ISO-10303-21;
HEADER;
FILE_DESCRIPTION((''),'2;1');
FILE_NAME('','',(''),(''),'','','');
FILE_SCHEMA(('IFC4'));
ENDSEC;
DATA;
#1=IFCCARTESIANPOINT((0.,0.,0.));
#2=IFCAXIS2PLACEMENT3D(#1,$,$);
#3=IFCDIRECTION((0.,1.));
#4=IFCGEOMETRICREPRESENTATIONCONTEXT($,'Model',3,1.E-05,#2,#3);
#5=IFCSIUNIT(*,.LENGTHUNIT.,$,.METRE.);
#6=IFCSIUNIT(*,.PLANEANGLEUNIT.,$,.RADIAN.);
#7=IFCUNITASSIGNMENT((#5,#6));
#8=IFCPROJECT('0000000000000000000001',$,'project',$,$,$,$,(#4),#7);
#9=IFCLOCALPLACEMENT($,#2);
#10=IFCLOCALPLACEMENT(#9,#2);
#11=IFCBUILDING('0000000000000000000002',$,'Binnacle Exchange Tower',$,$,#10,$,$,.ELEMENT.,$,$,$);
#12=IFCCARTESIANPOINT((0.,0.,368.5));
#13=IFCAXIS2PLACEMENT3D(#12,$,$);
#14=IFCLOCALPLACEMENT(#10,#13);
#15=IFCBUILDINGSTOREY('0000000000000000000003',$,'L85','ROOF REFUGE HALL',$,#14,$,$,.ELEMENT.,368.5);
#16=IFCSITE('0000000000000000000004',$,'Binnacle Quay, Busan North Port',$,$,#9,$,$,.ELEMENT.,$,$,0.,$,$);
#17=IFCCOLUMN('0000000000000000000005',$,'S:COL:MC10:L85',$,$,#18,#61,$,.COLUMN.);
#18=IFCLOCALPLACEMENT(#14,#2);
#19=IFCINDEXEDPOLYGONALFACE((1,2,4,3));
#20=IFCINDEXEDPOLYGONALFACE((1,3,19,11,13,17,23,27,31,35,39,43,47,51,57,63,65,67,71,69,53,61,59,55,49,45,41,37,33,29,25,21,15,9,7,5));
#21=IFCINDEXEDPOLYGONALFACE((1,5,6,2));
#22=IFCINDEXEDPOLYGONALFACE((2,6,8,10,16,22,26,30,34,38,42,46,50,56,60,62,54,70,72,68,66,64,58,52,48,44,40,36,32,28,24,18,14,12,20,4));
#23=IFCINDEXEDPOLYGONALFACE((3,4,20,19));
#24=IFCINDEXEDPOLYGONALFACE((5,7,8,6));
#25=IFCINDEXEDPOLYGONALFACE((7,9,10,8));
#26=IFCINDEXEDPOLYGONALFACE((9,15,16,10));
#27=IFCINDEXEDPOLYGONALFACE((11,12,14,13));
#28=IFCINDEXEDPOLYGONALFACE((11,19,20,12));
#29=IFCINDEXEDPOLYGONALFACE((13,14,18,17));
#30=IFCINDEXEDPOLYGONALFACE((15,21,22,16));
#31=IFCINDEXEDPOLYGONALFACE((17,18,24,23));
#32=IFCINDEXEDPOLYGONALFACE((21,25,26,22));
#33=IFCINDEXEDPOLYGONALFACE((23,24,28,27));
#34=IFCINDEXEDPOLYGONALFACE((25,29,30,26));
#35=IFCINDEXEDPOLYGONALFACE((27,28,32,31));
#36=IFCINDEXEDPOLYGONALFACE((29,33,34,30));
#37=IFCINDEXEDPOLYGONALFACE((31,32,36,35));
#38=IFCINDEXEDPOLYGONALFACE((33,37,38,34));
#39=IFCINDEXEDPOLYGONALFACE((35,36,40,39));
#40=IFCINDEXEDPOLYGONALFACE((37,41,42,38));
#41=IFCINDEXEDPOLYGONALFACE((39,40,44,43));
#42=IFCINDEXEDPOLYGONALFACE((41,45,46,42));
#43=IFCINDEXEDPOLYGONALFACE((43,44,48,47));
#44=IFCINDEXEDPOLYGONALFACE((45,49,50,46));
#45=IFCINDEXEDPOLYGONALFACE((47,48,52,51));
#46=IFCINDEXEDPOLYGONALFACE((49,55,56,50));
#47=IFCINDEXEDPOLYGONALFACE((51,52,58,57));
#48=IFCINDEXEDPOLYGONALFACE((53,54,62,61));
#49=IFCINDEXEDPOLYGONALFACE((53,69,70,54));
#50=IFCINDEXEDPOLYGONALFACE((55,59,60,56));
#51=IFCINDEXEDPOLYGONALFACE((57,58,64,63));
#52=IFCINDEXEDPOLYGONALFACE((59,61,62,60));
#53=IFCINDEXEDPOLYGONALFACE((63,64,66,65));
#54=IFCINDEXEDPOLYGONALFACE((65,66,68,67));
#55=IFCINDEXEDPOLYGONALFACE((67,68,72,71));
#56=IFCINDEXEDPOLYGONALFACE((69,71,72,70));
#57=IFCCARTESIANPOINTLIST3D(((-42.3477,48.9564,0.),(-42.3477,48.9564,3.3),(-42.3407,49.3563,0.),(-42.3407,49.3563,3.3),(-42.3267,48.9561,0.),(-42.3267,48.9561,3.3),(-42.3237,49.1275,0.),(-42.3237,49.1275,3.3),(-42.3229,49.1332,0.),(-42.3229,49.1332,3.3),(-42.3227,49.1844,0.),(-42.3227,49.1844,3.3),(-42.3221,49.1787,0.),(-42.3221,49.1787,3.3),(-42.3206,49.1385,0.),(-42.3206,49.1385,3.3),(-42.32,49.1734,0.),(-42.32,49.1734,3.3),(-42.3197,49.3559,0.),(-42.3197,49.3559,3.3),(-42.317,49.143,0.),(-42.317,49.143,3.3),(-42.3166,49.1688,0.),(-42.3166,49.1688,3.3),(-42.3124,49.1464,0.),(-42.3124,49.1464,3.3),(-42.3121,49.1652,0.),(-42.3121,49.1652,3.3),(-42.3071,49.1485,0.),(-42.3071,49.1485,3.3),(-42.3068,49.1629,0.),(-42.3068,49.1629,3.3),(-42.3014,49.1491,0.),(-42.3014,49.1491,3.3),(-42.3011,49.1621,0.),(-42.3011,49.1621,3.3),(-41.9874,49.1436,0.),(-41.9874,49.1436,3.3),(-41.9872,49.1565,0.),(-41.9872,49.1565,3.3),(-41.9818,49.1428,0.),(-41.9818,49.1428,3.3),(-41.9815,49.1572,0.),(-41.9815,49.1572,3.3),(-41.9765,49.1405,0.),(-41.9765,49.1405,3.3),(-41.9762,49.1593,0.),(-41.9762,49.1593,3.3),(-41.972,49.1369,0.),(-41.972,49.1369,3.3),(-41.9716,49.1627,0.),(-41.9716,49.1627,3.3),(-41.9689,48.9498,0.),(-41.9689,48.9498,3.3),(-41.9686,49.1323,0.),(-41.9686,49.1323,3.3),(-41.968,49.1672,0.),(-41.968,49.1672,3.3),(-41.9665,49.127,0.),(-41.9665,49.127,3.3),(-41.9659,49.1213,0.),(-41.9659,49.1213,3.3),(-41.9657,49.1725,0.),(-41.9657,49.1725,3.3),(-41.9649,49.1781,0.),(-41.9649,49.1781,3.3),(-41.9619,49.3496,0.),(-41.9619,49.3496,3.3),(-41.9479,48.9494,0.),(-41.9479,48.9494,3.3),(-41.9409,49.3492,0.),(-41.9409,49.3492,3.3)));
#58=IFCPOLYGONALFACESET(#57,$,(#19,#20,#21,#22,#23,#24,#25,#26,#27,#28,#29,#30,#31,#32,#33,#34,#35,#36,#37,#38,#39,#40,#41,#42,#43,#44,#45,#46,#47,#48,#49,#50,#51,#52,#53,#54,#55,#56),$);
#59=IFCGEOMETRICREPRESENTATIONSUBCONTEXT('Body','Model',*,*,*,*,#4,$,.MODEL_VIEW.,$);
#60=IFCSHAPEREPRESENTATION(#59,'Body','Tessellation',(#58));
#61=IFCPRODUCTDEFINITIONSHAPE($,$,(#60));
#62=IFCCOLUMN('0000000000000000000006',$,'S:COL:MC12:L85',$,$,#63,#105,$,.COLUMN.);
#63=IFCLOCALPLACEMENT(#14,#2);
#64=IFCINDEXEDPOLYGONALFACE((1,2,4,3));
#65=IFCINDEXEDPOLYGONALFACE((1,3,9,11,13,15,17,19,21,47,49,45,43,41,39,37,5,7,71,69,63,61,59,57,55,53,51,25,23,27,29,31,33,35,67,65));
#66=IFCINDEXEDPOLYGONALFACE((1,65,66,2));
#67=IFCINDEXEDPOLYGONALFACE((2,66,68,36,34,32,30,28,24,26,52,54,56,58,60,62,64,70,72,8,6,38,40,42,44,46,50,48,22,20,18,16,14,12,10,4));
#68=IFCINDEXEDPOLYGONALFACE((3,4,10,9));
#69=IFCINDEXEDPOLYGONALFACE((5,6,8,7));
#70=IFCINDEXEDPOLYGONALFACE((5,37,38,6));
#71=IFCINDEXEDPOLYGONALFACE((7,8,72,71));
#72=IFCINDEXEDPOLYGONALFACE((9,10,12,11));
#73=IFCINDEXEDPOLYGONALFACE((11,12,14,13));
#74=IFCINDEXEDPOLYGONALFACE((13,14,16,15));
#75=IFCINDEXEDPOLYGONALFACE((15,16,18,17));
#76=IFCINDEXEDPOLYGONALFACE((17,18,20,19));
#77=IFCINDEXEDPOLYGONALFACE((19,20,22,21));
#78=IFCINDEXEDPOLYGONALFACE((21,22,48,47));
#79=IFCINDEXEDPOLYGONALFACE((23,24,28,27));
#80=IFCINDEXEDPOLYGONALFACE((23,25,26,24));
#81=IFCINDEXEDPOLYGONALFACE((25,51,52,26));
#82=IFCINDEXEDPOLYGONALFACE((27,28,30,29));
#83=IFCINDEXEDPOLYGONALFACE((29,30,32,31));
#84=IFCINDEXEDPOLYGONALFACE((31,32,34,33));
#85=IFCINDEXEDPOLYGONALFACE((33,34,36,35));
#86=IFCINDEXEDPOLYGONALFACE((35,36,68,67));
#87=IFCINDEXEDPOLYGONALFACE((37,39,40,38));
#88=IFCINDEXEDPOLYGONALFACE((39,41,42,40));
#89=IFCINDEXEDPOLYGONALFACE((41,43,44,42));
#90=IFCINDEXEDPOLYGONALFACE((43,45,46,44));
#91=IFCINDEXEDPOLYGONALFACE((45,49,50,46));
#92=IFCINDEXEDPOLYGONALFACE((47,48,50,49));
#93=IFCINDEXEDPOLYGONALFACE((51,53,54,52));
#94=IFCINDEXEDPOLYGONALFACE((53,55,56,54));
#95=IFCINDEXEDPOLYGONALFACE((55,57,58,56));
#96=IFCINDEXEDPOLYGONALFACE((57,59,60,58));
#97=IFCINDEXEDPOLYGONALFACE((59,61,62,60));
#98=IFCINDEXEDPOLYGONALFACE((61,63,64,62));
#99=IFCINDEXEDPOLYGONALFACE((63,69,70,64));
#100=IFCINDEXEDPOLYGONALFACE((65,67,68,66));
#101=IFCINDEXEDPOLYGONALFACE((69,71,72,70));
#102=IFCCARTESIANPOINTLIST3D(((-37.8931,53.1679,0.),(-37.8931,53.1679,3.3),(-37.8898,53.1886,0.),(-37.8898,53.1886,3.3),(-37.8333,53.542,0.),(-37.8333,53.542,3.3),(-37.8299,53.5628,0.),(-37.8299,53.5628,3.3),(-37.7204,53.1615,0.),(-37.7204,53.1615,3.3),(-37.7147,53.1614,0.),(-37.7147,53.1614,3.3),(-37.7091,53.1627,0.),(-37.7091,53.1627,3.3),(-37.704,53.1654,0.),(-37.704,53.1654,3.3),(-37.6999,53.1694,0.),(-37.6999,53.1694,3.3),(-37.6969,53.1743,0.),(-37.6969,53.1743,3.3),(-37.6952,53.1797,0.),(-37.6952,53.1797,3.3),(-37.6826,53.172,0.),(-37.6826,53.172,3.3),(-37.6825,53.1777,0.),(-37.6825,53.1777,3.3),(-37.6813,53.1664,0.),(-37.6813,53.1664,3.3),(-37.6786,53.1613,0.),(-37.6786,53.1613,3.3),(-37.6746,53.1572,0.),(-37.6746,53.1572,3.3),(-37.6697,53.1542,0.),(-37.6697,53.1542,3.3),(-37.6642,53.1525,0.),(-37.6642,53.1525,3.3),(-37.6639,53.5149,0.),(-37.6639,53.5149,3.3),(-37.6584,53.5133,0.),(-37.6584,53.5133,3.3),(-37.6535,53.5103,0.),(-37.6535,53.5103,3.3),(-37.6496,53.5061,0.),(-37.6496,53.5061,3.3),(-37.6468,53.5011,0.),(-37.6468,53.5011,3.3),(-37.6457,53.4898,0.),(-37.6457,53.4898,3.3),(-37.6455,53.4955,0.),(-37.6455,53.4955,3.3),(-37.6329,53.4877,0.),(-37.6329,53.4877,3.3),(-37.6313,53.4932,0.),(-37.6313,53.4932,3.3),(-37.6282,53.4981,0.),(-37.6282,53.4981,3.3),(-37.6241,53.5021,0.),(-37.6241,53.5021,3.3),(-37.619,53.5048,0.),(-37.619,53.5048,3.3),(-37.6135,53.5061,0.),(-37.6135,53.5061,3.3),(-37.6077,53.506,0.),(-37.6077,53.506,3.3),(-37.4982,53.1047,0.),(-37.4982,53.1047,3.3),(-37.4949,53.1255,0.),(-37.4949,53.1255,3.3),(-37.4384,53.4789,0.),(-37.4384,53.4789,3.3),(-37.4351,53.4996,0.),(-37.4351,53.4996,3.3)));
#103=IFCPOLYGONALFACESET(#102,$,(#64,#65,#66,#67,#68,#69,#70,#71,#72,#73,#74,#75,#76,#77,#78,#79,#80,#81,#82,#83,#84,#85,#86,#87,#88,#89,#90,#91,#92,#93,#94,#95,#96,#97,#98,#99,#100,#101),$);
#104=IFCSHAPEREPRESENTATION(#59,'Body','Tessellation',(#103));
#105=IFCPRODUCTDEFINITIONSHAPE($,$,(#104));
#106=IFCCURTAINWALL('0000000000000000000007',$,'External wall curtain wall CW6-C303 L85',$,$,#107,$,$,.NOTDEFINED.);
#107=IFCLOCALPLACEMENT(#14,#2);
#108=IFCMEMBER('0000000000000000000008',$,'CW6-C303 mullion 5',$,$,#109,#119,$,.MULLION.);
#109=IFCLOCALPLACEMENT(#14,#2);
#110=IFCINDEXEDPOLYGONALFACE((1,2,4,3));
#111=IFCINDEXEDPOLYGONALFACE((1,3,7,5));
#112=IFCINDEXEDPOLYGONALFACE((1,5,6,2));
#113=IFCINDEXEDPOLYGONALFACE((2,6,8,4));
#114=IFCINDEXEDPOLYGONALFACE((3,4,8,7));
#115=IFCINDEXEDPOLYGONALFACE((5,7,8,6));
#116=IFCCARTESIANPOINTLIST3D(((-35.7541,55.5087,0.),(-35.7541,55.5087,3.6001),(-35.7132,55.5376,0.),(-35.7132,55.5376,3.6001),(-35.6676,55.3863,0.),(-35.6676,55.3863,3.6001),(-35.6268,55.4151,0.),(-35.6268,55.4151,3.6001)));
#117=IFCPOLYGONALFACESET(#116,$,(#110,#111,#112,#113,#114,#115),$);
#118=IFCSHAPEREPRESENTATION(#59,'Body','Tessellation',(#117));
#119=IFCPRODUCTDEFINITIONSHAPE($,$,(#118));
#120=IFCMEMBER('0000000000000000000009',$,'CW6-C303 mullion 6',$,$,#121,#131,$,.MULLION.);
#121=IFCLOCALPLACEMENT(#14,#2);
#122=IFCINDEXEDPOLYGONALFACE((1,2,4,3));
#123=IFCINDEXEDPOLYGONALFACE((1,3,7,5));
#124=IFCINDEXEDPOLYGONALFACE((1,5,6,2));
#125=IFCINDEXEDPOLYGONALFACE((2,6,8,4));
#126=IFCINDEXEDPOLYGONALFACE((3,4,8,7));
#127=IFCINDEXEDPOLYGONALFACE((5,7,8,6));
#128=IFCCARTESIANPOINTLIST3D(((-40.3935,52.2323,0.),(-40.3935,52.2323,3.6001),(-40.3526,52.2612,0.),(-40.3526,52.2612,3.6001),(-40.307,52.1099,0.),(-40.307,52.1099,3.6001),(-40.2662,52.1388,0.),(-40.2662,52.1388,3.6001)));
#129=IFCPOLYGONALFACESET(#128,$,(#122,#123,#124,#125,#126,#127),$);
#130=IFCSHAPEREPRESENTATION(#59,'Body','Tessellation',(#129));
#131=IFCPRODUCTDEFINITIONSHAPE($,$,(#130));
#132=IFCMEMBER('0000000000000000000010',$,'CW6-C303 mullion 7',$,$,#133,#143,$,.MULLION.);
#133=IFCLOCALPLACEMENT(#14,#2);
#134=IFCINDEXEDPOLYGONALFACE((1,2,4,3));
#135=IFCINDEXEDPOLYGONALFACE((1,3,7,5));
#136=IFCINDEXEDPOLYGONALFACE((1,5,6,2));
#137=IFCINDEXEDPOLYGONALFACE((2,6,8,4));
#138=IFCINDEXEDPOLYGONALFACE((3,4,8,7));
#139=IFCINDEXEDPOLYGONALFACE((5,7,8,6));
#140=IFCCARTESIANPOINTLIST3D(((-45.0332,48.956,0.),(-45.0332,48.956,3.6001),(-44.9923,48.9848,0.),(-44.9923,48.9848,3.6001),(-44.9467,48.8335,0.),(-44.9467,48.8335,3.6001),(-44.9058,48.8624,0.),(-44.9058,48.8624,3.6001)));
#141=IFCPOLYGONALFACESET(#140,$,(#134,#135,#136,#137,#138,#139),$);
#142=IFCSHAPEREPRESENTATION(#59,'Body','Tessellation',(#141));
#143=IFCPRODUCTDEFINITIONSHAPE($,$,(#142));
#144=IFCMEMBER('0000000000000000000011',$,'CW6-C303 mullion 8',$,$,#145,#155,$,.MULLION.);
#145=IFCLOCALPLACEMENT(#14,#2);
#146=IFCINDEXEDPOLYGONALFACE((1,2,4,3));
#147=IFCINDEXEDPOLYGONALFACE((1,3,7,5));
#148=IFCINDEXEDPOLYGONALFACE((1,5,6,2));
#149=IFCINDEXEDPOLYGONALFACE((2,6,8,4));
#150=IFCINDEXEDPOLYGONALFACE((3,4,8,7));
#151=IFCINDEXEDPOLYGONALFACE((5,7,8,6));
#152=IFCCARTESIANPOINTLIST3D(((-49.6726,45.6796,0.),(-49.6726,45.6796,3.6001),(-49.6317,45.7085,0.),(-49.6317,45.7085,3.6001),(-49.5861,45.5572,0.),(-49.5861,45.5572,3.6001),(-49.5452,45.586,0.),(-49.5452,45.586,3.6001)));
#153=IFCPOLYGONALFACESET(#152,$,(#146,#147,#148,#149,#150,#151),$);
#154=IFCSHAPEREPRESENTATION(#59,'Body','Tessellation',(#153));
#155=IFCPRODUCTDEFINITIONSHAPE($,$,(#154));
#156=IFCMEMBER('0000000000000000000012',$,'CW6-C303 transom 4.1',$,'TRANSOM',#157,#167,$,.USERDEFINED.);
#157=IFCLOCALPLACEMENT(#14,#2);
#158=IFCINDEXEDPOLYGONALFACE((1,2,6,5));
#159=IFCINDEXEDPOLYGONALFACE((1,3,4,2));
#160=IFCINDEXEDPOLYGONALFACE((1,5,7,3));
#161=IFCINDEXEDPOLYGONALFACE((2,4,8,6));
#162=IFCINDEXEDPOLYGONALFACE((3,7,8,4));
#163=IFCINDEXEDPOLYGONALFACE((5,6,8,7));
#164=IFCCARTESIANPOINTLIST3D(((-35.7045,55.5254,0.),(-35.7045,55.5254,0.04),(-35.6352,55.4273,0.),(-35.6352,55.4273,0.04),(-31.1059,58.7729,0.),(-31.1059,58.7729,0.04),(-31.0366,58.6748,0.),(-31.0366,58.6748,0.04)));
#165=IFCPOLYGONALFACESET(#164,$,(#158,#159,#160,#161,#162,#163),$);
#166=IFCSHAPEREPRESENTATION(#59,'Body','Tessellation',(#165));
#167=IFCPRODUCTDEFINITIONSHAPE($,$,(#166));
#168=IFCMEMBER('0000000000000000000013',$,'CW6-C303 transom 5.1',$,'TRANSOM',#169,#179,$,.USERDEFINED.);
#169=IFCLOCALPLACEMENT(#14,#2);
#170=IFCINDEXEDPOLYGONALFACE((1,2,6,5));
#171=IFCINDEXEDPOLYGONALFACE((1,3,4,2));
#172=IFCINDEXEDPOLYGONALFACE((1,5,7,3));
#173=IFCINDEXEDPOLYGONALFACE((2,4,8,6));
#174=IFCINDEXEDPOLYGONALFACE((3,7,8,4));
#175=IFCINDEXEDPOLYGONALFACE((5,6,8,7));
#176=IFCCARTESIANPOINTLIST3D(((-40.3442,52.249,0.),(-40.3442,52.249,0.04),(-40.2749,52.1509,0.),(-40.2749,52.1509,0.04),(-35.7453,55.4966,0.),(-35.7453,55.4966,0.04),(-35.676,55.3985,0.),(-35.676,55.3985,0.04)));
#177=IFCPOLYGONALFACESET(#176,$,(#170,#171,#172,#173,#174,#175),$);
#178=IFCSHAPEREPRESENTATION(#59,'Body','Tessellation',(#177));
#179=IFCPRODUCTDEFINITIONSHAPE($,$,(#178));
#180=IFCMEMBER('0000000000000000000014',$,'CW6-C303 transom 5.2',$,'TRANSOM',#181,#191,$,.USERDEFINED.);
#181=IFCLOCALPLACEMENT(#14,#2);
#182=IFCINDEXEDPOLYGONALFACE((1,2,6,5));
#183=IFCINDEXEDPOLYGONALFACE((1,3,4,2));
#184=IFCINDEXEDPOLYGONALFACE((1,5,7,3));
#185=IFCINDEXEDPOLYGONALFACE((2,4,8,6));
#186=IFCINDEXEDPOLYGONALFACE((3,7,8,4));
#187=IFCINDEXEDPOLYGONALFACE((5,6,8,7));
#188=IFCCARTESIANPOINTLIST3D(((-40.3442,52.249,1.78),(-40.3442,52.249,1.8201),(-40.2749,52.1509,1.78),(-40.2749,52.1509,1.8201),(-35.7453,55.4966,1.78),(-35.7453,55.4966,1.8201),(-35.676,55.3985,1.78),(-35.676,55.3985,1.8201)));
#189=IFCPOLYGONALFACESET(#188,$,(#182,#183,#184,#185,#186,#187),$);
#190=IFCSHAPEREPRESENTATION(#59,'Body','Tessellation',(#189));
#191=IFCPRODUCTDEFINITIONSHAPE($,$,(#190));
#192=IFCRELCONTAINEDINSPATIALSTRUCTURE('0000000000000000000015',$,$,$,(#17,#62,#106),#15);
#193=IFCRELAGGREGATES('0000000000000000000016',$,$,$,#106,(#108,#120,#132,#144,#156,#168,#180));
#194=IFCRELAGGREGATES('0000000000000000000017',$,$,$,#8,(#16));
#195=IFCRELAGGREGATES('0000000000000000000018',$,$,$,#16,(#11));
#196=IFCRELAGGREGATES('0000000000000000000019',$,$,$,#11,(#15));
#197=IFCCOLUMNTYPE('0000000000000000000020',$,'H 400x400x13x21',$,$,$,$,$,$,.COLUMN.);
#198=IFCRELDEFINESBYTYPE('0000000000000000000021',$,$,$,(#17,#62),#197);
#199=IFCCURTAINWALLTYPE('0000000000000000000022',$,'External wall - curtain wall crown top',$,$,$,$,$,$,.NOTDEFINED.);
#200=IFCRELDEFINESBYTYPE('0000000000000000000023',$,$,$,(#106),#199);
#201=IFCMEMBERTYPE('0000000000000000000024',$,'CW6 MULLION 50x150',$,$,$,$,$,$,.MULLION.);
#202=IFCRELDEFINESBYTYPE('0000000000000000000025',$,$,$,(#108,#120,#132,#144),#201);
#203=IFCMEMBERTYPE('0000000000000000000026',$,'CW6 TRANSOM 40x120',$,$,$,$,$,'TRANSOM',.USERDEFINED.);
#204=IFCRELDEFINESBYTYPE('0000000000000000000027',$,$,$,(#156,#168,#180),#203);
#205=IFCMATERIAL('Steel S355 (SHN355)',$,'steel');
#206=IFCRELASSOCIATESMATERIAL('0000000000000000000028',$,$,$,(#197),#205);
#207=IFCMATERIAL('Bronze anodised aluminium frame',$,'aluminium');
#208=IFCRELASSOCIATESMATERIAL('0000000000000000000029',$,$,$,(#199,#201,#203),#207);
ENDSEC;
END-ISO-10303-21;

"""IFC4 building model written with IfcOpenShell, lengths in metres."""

from ifc_helpers import new_model, si_unit, direction, frame, origin, origin_2d, place, context, subcontext, project, spatial, rectangle, i_section, extrude, material, material_profile, profile_set, type_object, element, aggregate, save


model = new_model("IFC4")

# Units and contexts
model_context = context("Model", 3, precision=1e-05, world=origin(), true_north=direction((0.0, 1.0)))
body_context = subcontext(model_context, "Body", "Model", "MODEL_VIEW")
ifc_project = project(units=[si_unit("LENGTHUNIT", "METRE"), si_unit("PLANEANGLEUNIT", "RADIAN")], contexts=[model_context])

# Site, building, storey
site_placement = place(None, origin())
site = spatial("IfcSite", under=ifc_project, at=site_placement, Name="Binnacle Quay, Busan North Port", CompositionType="ELEMENT", RefElevation=0.0)
building_placement = place(site_placement, origin())
building = spatial("IfcBuilding", under=site, at=building_placement, Name="Binnacle Exchange Tower", CompositionType="ELEMENT")
storey_placement = place(building_placement, frame((0.0, 0.0, 368.5)))
storey = spatial("IfcBuildingStorey", under=building, at=storey_placement, Name="L85", Description="ROOF REFUGE HALL", CompositionType="ELEMENT", Elevation=368.5)

# Columns
ifc_material_1 = material(Name="Steel S355 (SHN355)", Category="steel")
ifc_material_profile_1 = material_profile(ifc_material_1, i_section(OverallWidth=0.3999, OverallDepth=0.3999, WebThickness=0.0129, FlangeThickness=0.021, FilletRadius=0.022, at=origin_2d()), Name="H 400x400x13x21")
ifc_profile_set_1 = profile_set([ifc_material_profile_1], Name="Steel S355 (SHN355)")
column_type = type_object("IfcColumnType", Name="H 400x400x13x21", PredefinedType="COLUMN", material=ifc_profile_set_1)
for number, where, z_axis, x_axis, name in (
    (1, (-42.1443, 49.1528, 0.0), (0.0, 0.0, 1.0), (0.01754, 0.999846, 0.0), "S:COL:MC10:L85"),
    (2, (-37.6641, 53.3337, 0.0), (0.0, 0.0, 1.0), (-0.987458, 0.157882, 0.0), "S:COL:MC12:L85"),
):
    element("IfcColumn", number, at=place(storey_placement, frame(where, z_axis=z_axis, x_axis=x_axis)), inside=storey, type_object=column_type, Name=name, PredefinedType="COLUMN", context=body_context, shape_type="SweptSolid", body=[
        extrude(i_section(OverallWidth=0.3999, OverallDepth=0.3999, WebThickness=0.0129, FlangeThickness=0.021, FilletRadius=0.022, at=origin_2d()), origin(), (0.0, 0.0, 1.0), 3.3),
    ])

# Curtain wall, members
ifc_material_2 = material(Name="Bronze anodised aluminium frame", Category="aluminium")
curtain_wall_type = type_object("IfcCurtainWallType", Name="External wall - curtain wall crown top", PredefinedType="NOTDEFINED", material=ifc_material_2)
curtain_wall_placement = place(storey_placement, origin())
curtain_wall = element("IfcCurtainWall", 3, at=curtain_wall_placement, inside=storey, type_object=curtain_wall_type, Name="External wall curtain wall CW6-C303 L85", PredefinedType="NOTDEFINED")
ifc_material_profile_2 = material_profile(ifc_material_2, rectangle(XDim=0.1499, YDim=0.05, at=origin_2d()), Name="AL 50x150")
ifc_profile_set_2 = profile_set([ifc_material_profile_2], Name="Bronze anodised aluminium frame")
member_type_1 = type_object("IfcMemberType", Name="CW6 MULLION 50x150", PredefinedType="MULLION", material=ifc_profile_set_2)
member_1_placement = place(storey_placement, frame((-35.6904, 55.4619, 0.0), z_axis=(0.0, 0.0, 1.0), x_axis=(0.576854, -0.816847, 0.0)))
member_1 = element("IfcMember", 4, at=member_1_placement, type_object=member_type_1, Name="CW6-C303 mullion 5", PredefinedType="MULLION", context=body_context, shape_type="SweptSolid", body=[
    extrude(rectangle(XDim=0.1499, YDim=0.05, at=origin_2d()), origin(), (0.0, 0.0, 1.0), 3.6001),
])
member_2_placement = place(storey_placement, frame((-40.3298, 52.1855, 0.0), z_axis=(0.0, 0.0, 1.0), x_axis=(0.576854, -0.816847, 0.0)))
member_2 = element("IfcMember", 5, at=member_2_placement, type_object=member_type_1, Name="CW6-C303 mullion 6", PredefinedType="MULLION", context=body_context, shape_type="SweptSolid", body=[
    extrude(rectangle(XDim=0.1499, YDim=0.05, at=origin_2d()), origin(), (0.0, 0.0, 1.0), 3.6001),
])
member_3_placement = place(storey_placement, frame((-44.9695, 48.9092, 0.0), z_axis=(0.0, 0.0, 1.0), x_axis=(0.576854, -0.816847, 0.0)))
member_3 = element("IfcMember", 6, at=member_3_placement, type_object=member_type_1, Name="CW6-C303 mullion 7", PredefinedType="MULLION", context=body_context, shape_type="SweptSolid", body=[
    extrude(rectangle(XDim=0.1499, YDim=0.05, at=origin_2d()), origin(), (0.0, 0.0, 1.0), 3.6001),
])
member_4_placement = place(storey_placement, frame((-49.6089, 45.6328, 0.0), z_axis=(0.0, 0.0, 1.0), x_axis=(0.576854, -0.816847, 0.0)))
member_4 = element("IfcMember", 7, at=member_4_placement, type_object=member_type_1, Name="CW6-C303 mullion 8", PredefinedType="MULLION", context=body_context, shape_type="SweptSolid", body=[
    extrude(rectangle(XDim=0.1499, YDim=0.05, at=origin_2d()), origin(), (0.0, 0.0, 1.0), 3.6001),
])
ifc_material_profile_3 = material_profile(ifc_material_2, rectangle(XDim=0.1201, YDim=0.04, at=origin_2d()), Name="AL 120x40")
ifc_profile_set_3 = profile_set([ifc_material_profile_3], Name="Bronze anodised aluminium frame")
member_type_2 = type_object("IfcMemberType", Name="CW6 TRANSOM 40x120", ElementType="TRANSOM", PredefinedType="USERDEFINED", material=ifc_profile_set_3)
member_5_placement = place(storey_placement, frame((-31.0713, 58.7239, 0.02), z_axis=(-0.816845, -0.576857, 0.0), x_axis=(0.576857, -0.816845, 0.0)))
member_5 = element("IfcMember", 8, at=member_5_placement, type_object=member_type_2, Name="CW6-C303 transom 4.1", ObjectType="TRANSOM", PredefinedType="USERDEFINED", context=body_context, shape_type="SweptSolid", body=[
    extrude(rectangle(XDim=0.1201, YDim=0.04, at=origin_2d()), origin(), (0.0, 0.0, 1.0), 5.6296),
])
member_6_placement = place(storey_placement, frame((-35.7107, 55.4475, 0.02), z_axis=(-0.81686, -0.576836, 0.0), x_axis=(0.576836, -0.81686, 0.0)))
member_6 = element("IfcMember", 9, at=member_6_placement, type_object=member_type_2, Name="CW6-C303 transom 5.1", ObjectType="TRANSOM", PredefinedType="USERDEFINED", context=body_context, shape_type="SweptSolid", body=[
    extrude(rectangle(XDim=0.1201, YDim=0.04, at=origin_2d()), origin(), (0.0, 0.0, 1.0), 5.6299),
])
member_7_placement = place(storey_placement, frame((-35.7107, 55.4475, 1.8), z_axis=(-0.81686, -0.576836, 0.0), x_axis=(0.576836, -0.81686, 0.0)))
member_7 = element("IfcMember", 10, at=member_7_placement, type_object=member_type_2, Name="CW6-C303 transom 5.2", ObjectType="TRANSOM", PredefinedType="USERDEFINED", context=body_context, shape_type="SweptSolid", body=[
    extrude(rectangle(XDim=0.1201, YDim=0.04, at=origin_2d()), origin(), (0.0, 0.0, 1.0), 5.6299),
])

aggregate(curtain_wall, [member_1, member_2, member_3, member_4, member_5, member_6, member_7])

save(model, "model.ifc")
